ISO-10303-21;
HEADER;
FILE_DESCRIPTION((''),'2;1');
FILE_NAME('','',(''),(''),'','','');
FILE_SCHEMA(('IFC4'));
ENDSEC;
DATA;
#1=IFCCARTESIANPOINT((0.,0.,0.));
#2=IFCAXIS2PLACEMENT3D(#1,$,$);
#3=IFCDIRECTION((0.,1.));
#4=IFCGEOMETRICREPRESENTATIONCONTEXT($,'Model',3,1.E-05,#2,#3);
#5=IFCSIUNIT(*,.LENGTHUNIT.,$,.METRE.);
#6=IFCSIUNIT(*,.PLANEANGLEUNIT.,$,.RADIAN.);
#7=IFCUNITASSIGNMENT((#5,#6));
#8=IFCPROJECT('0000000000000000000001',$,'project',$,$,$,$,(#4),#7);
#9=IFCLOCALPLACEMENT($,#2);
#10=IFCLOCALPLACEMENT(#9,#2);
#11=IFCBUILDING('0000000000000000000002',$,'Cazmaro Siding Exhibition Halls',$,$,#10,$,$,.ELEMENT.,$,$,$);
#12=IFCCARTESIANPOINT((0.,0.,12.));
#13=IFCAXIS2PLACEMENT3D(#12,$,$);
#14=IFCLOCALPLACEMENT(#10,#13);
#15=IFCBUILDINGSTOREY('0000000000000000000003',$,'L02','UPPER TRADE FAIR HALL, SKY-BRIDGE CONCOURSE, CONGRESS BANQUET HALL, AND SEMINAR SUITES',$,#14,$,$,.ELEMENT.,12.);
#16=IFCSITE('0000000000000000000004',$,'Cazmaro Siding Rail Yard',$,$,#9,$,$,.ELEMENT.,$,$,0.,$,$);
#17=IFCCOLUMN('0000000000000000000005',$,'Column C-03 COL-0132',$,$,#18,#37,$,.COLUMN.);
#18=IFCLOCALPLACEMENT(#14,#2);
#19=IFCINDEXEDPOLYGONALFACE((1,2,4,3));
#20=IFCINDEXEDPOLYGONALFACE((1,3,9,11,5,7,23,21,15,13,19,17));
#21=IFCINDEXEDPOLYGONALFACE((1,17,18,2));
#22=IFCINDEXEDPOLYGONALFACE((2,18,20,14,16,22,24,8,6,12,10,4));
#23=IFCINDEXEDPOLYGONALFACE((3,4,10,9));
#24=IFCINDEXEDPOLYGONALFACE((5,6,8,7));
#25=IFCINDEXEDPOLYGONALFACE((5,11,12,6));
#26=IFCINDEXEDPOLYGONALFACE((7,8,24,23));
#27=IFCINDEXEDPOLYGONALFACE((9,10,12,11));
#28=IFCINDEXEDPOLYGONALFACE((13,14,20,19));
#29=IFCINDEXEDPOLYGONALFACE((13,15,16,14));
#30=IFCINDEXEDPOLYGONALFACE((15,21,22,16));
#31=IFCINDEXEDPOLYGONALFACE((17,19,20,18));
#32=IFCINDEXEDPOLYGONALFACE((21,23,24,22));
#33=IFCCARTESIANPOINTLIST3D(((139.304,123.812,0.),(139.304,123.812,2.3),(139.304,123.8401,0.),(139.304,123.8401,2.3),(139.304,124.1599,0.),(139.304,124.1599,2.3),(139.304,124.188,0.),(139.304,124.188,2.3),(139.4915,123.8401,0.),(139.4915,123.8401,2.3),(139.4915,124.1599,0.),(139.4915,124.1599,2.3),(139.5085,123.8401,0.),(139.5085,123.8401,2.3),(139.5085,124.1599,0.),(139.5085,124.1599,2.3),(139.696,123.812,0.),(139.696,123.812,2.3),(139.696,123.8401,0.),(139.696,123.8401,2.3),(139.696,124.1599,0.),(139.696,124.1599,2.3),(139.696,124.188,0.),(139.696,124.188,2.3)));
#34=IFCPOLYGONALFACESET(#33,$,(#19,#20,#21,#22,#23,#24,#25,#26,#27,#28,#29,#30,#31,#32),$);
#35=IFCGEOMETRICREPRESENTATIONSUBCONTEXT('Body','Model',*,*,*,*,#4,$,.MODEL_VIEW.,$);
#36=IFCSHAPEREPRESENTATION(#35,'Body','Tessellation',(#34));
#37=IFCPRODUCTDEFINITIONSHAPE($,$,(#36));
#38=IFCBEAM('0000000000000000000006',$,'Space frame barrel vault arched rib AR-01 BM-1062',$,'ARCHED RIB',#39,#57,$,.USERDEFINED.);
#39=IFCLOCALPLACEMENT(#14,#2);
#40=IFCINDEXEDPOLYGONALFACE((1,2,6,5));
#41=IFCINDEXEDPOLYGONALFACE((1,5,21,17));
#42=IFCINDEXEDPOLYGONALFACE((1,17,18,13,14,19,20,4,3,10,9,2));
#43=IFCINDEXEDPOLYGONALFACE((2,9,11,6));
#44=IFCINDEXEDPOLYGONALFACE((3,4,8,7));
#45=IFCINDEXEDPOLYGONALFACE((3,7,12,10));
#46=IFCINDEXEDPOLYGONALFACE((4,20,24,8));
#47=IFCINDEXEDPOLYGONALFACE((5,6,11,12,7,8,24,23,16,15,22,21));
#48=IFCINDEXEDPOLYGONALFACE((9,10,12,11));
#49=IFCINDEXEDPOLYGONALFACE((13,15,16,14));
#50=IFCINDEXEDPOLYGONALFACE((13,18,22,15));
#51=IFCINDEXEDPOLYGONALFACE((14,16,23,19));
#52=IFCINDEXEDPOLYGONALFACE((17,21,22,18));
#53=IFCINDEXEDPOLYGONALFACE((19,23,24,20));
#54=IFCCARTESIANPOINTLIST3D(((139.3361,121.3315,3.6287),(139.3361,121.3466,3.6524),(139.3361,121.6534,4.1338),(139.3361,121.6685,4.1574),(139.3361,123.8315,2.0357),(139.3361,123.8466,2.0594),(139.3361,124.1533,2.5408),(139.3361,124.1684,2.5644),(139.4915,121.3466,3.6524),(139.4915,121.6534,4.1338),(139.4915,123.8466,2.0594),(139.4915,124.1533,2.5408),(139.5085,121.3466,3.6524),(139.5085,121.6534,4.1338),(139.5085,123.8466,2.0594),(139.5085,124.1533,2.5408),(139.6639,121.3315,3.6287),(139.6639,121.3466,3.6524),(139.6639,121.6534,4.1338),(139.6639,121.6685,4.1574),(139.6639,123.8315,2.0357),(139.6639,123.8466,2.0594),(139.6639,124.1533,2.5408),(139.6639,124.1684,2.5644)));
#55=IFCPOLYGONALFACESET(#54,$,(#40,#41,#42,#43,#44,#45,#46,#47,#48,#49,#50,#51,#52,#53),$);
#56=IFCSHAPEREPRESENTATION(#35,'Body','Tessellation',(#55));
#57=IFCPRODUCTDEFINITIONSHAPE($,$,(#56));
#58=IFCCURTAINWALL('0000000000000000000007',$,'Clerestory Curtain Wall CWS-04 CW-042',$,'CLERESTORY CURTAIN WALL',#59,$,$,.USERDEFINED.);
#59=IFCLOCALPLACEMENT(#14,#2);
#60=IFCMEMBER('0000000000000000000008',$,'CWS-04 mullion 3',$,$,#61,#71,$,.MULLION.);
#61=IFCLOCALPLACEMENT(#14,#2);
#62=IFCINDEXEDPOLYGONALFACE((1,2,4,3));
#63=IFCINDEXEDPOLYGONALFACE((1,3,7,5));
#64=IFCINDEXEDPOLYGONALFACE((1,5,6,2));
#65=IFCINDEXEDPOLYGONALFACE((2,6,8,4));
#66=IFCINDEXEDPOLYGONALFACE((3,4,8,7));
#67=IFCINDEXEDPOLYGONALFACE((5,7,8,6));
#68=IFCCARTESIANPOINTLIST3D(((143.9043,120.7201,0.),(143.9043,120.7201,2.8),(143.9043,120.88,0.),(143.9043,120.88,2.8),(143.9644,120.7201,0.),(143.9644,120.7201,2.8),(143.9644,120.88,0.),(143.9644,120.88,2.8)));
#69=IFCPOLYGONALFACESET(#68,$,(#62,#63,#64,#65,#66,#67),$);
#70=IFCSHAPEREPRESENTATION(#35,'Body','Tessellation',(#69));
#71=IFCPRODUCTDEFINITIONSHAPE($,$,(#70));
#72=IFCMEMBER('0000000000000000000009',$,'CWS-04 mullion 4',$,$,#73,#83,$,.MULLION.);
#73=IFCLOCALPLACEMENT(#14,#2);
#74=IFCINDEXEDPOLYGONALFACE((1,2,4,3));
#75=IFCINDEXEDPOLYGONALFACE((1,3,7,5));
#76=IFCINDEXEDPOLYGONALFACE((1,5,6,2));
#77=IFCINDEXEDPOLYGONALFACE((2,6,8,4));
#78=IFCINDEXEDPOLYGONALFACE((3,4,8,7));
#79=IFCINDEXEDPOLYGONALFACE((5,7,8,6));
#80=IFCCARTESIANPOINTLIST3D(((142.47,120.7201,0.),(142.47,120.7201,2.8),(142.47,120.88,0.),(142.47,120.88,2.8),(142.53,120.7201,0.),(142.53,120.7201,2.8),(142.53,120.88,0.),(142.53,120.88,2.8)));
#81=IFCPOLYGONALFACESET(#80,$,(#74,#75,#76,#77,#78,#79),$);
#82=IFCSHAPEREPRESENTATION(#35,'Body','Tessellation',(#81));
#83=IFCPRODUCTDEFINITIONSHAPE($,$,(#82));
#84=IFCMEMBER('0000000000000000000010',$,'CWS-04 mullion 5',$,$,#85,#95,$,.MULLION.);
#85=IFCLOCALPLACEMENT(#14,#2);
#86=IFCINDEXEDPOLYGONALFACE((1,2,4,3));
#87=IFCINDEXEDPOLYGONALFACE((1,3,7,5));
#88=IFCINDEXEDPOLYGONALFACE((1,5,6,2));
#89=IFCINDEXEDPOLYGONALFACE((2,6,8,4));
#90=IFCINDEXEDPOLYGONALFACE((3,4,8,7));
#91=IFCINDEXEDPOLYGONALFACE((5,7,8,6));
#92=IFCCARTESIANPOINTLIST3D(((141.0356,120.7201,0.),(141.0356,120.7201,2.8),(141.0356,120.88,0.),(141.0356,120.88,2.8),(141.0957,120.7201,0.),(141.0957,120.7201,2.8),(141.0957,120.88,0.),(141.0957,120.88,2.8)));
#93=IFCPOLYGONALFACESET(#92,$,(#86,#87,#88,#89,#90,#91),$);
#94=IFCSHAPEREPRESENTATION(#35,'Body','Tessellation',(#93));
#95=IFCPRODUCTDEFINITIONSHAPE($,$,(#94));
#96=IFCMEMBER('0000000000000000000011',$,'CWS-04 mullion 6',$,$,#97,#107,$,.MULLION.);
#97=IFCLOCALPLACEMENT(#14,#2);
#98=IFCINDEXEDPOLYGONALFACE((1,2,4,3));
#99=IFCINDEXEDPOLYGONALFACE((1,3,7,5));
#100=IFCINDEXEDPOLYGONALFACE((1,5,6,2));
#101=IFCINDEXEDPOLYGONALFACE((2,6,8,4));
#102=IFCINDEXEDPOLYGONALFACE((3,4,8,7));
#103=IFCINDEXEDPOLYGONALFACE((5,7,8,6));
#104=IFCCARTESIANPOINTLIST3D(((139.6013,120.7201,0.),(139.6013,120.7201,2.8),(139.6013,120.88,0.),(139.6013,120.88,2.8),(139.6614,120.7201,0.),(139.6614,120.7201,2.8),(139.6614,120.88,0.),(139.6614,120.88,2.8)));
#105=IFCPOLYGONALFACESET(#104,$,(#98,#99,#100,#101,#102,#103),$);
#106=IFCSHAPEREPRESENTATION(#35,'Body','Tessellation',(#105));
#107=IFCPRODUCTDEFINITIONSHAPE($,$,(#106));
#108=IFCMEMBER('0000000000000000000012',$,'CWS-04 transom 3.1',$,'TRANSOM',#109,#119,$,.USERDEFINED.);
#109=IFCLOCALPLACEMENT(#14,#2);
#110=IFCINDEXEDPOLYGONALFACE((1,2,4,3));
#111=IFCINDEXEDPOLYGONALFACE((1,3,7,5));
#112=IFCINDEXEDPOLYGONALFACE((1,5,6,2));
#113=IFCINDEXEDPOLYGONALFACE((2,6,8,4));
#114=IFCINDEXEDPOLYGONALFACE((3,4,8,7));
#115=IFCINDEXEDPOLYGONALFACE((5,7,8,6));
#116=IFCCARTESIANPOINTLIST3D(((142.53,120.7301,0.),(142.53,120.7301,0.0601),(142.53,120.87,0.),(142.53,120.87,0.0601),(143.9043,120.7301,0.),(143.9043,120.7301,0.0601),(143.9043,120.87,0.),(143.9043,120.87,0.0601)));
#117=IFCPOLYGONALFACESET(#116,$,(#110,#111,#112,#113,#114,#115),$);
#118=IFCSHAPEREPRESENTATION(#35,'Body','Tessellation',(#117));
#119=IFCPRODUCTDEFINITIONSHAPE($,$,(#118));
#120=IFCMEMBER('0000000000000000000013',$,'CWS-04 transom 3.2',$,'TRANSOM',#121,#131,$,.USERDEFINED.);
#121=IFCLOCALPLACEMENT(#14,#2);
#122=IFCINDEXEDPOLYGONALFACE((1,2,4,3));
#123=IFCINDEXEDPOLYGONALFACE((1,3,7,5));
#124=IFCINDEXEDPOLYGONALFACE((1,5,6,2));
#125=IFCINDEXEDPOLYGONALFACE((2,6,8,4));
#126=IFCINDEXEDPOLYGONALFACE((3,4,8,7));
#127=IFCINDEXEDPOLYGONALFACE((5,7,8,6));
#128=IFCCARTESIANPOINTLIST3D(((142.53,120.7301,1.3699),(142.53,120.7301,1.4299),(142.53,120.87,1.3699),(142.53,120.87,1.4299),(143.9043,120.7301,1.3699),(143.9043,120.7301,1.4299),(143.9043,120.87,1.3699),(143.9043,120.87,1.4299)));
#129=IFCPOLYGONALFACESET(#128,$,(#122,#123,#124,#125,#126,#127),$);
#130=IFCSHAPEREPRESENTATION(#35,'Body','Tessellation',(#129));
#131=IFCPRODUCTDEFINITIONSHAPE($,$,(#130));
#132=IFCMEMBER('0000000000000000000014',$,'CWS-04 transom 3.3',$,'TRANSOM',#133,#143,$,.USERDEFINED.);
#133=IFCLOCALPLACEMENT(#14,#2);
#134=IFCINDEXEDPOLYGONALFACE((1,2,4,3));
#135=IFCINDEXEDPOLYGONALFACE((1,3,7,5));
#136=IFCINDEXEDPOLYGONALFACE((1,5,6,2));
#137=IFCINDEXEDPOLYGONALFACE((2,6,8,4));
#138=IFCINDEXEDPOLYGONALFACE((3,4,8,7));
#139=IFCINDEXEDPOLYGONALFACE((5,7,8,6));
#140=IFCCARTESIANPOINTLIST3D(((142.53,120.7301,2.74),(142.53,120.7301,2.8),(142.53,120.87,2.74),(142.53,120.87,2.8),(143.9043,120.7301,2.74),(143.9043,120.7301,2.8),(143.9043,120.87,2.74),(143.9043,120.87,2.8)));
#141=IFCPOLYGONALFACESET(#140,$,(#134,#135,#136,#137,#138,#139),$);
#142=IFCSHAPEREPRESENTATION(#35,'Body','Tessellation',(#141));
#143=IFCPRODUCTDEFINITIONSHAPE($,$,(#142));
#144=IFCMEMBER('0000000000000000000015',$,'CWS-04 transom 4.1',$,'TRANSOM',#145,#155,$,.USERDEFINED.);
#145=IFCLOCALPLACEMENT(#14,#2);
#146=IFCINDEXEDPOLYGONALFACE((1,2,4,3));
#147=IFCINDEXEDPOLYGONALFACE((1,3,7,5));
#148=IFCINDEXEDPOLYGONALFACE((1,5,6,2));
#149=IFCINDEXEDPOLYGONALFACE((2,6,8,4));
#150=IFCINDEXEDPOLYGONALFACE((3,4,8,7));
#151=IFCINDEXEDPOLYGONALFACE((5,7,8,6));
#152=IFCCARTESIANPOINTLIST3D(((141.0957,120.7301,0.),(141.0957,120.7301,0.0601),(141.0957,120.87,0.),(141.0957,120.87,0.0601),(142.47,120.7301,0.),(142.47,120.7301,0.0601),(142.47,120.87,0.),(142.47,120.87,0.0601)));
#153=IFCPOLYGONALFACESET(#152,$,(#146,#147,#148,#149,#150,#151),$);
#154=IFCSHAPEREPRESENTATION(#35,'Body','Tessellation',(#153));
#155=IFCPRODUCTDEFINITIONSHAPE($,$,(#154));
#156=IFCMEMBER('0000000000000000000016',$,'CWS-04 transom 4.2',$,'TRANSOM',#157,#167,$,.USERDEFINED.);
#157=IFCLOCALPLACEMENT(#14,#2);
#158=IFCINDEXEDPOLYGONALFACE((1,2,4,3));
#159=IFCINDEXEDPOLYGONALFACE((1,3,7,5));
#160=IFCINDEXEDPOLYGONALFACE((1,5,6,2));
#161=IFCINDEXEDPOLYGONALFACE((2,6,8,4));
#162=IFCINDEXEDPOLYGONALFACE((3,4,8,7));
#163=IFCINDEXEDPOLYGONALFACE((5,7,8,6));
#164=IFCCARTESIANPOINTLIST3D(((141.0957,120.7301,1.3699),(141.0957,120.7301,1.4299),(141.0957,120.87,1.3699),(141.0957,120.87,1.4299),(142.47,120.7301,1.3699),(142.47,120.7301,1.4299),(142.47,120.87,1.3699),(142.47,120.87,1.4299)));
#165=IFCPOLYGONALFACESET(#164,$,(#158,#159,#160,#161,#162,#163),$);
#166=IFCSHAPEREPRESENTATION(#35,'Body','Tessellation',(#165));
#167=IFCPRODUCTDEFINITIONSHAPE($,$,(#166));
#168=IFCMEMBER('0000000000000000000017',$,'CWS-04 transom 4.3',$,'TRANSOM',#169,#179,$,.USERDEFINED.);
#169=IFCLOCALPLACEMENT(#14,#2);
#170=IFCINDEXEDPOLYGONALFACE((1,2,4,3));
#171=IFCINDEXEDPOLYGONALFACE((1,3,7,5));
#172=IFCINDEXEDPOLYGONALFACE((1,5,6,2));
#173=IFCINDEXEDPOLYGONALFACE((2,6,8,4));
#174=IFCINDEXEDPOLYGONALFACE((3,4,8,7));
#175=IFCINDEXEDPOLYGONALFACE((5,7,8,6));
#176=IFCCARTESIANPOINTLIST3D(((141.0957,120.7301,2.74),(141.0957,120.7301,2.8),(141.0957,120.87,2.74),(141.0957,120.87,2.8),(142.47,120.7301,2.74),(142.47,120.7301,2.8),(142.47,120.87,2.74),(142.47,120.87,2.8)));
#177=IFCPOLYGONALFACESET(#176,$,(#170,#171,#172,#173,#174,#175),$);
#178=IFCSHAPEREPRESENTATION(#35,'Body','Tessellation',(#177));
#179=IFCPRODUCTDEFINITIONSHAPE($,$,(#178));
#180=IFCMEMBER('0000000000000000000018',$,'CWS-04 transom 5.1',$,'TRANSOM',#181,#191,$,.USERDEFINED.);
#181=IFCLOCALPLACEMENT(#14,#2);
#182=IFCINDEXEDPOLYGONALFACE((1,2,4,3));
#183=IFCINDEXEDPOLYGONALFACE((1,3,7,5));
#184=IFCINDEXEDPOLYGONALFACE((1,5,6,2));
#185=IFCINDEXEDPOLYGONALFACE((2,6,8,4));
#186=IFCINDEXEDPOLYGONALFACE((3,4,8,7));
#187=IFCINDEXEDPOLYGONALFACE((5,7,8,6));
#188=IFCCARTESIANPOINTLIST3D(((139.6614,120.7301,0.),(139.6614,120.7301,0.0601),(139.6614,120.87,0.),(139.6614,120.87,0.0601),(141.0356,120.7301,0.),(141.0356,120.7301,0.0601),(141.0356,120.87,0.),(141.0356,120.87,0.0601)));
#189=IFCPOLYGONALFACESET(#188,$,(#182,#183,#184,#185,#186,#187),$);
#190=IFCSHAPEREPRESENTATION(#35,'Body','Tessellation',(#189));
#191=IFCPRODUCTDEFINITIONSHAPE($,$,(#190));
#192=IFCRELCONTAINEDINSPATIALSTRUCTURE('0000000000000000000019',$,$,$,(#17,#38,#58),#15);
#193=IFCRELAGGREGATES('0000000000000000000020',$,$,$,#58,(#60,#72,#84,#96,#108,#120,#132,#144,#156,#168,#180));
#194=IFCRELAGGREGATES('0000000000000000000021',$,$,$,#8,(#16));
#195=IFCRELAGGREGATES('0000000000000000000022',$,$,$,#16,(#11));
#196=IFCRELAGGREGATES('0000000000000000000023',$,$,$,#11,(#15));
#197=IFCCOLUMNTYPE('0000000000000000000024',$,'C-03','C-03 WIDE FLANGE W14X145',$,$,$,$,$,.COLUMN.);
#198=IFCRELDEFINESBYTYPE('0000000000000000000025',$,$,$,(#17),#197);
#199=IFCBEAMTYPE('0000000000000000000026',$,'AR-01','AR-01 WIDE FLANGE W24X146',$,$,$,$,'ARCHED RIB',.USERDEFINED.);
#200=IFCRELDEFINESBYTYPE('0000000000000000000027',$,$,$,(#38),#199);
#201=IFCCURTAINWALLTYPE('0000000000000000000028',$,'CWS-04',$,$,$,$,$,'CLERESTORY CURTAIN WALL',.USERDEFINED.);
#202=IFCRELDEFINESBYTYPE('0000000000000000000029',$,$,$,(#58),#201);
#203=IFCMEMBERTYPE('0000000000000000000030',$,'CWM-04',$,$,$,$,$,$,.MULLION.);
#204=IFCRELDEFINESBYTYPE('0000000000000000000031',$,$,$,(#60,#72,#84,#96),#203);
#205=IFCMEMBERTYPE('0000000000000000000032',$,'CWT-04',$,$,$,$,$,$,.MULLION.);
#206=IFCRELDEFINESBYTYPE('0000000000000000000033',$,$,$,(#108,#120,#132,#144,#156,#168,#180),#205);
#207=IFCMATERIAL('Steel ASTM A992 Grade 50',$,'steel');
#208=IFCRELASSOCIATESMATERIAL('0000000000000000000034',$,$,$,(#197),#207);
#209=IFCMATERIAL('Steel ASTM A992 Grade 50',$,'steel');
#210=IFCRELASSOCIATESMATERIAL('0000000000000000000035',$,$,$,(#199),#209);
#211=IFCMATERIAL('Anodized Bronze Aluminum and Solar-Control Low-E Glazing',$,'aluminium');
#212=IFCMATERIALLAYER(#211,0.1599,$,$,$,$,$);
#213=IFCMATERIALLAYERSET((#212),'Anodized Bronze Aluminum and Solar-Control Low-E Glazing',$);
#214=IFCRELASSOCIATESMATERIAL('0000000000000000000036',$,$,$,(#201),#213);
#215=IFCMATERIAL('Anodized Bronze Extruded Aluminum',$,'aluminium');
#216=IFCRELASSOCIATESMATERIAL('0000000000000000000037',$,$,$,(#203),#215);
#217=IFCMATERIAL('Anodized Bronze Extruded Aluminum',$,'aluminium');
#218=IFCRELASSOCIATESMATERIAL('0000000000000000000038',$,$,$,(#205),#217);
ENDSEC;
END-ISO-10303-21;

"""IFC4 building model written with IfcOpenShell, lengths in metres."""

from ifc_helpers import new_model, si_unit, direction, frame, origin, origin_2d, place, context, subcontext, project, spatial, rectangle, i_section, extrude, material, layer, layer_set, material_profile, profile_set, type_object, element, aggregate, save


model = new_model("IFC4")

# Units and contexts
model_context = context("Model", 3, precision=1e-05, world=origin(), true_north=direction((0.0, 1.0)))
body_context = subcontext(model_context, "Body", "Model", "MODEL_VIEW")
ifc_project = project(units=[si_unit("LENGTHUNIT", "METRE"), si_unit("PLANEANGLEUNIT", "RADIAN")], contexts=[model_context])

# Site, building, storey
site_placement = place(None, origin())
site = spatial("IfcSite", under=ifc_project, at=site_placement, Name="Cazmaro Siding Rail Yard", CompositionType="ELEMENT", RefElevation=0.0)
building_placement = place(site_placement, origin())
building = spatial("IfcBuilding", under=site, at=building_placement, Name="Cazmaro Siding Exhibition Halls", CompositionType="ELEMENT")
storey_placement = place(building_placement, frame((0.0, 0.0, 12.0)))
storey = spatial("IfcBuildingStorey", under=building, at=storey_placement, Name="L02", Description="UPPER TRADE FAIR HALL, SKY-BRIDGE CONCOURSE, CONGRESS BANQUET HALL, AND SEMINAR SUITES", CompositionType="ELEMENT", Elevation=12.0)

# Column
ifc_material_1 = material(Name="Steel ASTM A992 Grade 50", Category="steel")
ifc_material_profile_1 = material_profile(ifc_material_1, i_section(OverallWidth=0.3921, OverallDepth=0.376, WebThickness=0.0171, FlangeThickness=0.0281, at=origin_2d()), Name="W14X145")
ifc_profile_set_1 = profile_set([ifc_material_profile_1], Name="Steel ASTM A992 Grade 50")
column_type = type_object("IfcColumnType", Name="C-03", Description="C-03 WIDE FLANGE W14X145", PredefinedType="COLUMN", material=ifc_profile_set_1)
column_placement = place(storey_placement, frame((139.5, 124.0, 0.0), z_axis=(0.0, 0.0, 1.0), x_axis=(1.0, 0.0, 0.0)))
element("IfcColumn", 1, at=column_placement, inside=storey, type_object=column_type, Name="Column C-03 COL-0132", PredefinedType="COLUMN", context=body_context, shape_type="SweptSolid", body=[
    extrude(i_section(OverallWidth=0.3921, OverallDepth=0.376, WebThickness=0.0171, FlangeThickness=0.0281, at=origin_2d()), origin(), (0.0, 0.0, 1.0), 2.3),
])

# Beam
ifc_material_2 = material(Name="Steel ASTM A992 Grade 50", Category="steel")
ifc_material_profile_2 = material_profile(ifc_material_2, i_section(OverallWidth=0.3279, OverallDepth=0.627, WebThickness=0.0171, FlangeThickness=0.0281, at=origin_2d()), Name="W24X146")
ifc_profile_set_2 = profile_set([ifc_material_profile_2], Name="Steel ASTM A992 Grade 50")
beam_type_1 = type_object("IfcBeamType", Name="AR-01", Description="AR-01 WIDE FLANGE W24X146", ElementType="ARCHED RIB", PredefinedType="USERDEFINED", material=ifc_profile_set_2)
beam_1_placement = place(storey_placement, frame((139.5, 121.5, 3.8931), z_axis=(0.0, 0.843339, -0.537382), x_axis=(-1.0, 0.0, 0.0)))
element("IfcBeam", 2, at=beam_1_placement, inside=storey, type_object=beam_type_1, Name="Space frame barrel vault arched rib AR-01 BM-1062", ObjectType="ARCHED RIB", PredefinedType="USERDEFINED", context=body_context, shape_type="SweptSolid", body=[
    extrude(i_section(OverallWidth=0.3279, OverallDepth=0.627, WebThickness=0.0171, FlangeThickness=0.0281, at=origin_2d()), origin(), (0.0, 0.0, 1.0), 2.9644),
])

# Curtain wall, members
ifc_material_3 = material(Name="Anodized Bronze Aluminum and Solar-Control Low-E Glazing", Category="aluminium")
ifc_layer_1 = layer(ifc_material_3, 0.1599)
ifc_layer_set_1 = layer_set([ifc_layer_1], Name="Anodized Bronze Aluminum and Solar-Control Low-E Glazing")
curtain_wall_type = type_object("IfcCurtainWallType", Name="CWS-04", ElementType="CLERESTORY CURTAIN WALL", PredefinedType="USERDEFINED", material=ifc_layer_set_1)
curtain_wall_placement = place(storey_placement, origin())
curtain_wall = element("IfcCurtainWall", 3, at=curtain_wall_placement, inside=storey, type_object=curtain_wall_type, Name="Clerestory Curtain Wall CWS-04 CW-042", ObjectType="CLERESTORY CURTAIN WALL", PredefinedType="USERDEFINED")
ifc_material_4 = material(Name="Anodized Bronze Extruded Aluminum", Category="aluminium")
ifc_material_profile_3 = material_profile(ifc_material_4, rectangle(XDim=0.1599, YDim=0.0601, at=origin_2d()), Name="CWM-04")
ifc_profile_set_3 = profile_set([ifc_material_profile_3], Name="Anodized Bronze Extruded Aluminum")
member_type_1 = type_object("IfcMemberType", Name="CWM-04", PredefinedType="MULLION", material=ifc_profile_set_3)
member_1_placement = place(storey_placement, frame((143.9343, 120.8, 0.0), z_axis=(0.0, 0.0, 1.0), x_axis=(0.0, -1.0, 0.0)))
member_1 = element("IfcMember", 4, at=member_1_placement, type_object=member_type_1, Name="CWS-04 mullion 3", PredefinedType="MULLION", context=body_context, shape_type="SweptSolid", body=[
    extrude(rectangle(XDim=0.1599, YDim=0.0601, at=origin_2d()), origin(), (0.0, 0.0, 1.0), 2.8),
])
member_2_placement = place(storey_placement, frame((142.5, 120.8, 0.0), z_axis=(0.0, 0.0, 1.0), x_axis=(0.0, -1.0, 0.0)))
member_2 = element("IfcMember", 5, at=member_2_placement, type_object=member_type_1, Name="CWS-04 mullion 4", PredefinedType="MULLION", context=body_context, shape_type="SweptSolid", body=[
    extrude(rectangle(XDim=0.1599, YDim=0.0601, at=origin_2d()), origin(), (0.0, 0.0, 1.0), 2.8),
])
member_3_placement = place(storey_placement, frame((141.0657, 120.8, 0.0), z_axis=(0.0, 0.0, 1.0), x_axis=(0.0, -1.0, 0.0)))
member_3 = element("IfcMember", 6, at=member_3_placement, type_object=member_type_1, Name="CWS-04 mullion 5", PredefinedType="MULLION", context=body_context, shape_type="SweptSolid", body=[
    extrude(rectangle(XDim=0.1599, YDim=0.0601, at=origin_2d()), origin(), (0.0, 0.0, 1.0), 2.8),
])
member_4_placement = place(storey_placement, frame((139.6313, 120.8, 0.0), z_axis=(0.0, 0.0, 1.0), x_axis=(0.0, -1.0, 0.0)))
member_4 = element("IfcMember", 7, at=member_4_placement, type_object=member_type_1, Name="CWS-04 mullion 6", PredefinedType="MULLION", context=body_context, shape_type="SweptSolid", body=[
    extrude(rectangle(XDim=0.1599, YDim=0.0601, at=origin_2d()), origin(), (0.0, 0.0, 1.0), 2.8),
])
ifc_material_5 = material(Name="Anodized Bronze Extruded Aluminum", Category="aluminium")
ifc_material_profile_4 = material_profile(ifc_material_5, rectangle(XDim=0.1399, YDim=0.0601, at=origin_2d()), Name="CWT-04")
ifc_profile_set_4 = profile_set([ifc_material_profile_4], Name="Anodized Bronze Extruded Aluminum")
member_type_2 = type_object("IfcMemberType", Name="CWT-04", PredefinedType="MULLION", material=ifc_profile_set_4)
member_5_placement = place(storey_placement, frame((143.9043, 120.8, 0.03), z_axis=(-1.0, 0.0, 0.0), x_axis=(0.0, -1.0, 0.0)))
member_5 = element("IfcMember", 8, at=member_5_placement, type_object=member_type_2, Name="CWS-04 transom 3.1", ObjectType="TRANSOM", PredefinedType="USERDEFINED", context=body_context, shape_type="SweptSolid", body=[
    extrude(rectangle(XDim=0.1399, YDim=0.0601, at=origin_2d()), origin(), (0.0, 0.0, 1.0), 1.3743),
])
member_6_placement = place(storey_placement, frame((143.9043, 120.8, 1.3999), z_axis=(-1.0, 0.0, 0.0), x_axis=(0.0, -1.0, 0.0)))
member_6 = element("IfcMember", 9, at=member_6_placement, type_object=member_type_2, Name="CWS-04 transom 3.2", ObjectType="TRANSOM", PredefinedType="USERDEFINED", context=body_context, shape_type="SweptSolid", body=[
    extrude(rectangle(XDim=0.1399, YDim=0.0601, at=origin_2d()), origin(), (0.0, 0.0, 1.0), 1.3743),
])
member_7_placement = place(storey_placement, frame((143.9043, 120.8, 2.77), z_axis=(-1.0, 0.0, 0.0), x_axis=(0.0, -1.0, 0.0)))
member_7 = element("IfcMember", 10, at=member_7_placement, type_object=member_type_2, Name="CWS-04 transom 3.3", ObjectType="TRANSOM", PredefinedType="USERDEFINED", context=body_context, shape_type="SweptSolid", body=[
    extrude(rectangle(XDim=0.1399, YDim=0.0601, at=origin_2d()), origin(), (0.0, 0.0, 1.0), 1.3743),
])
member_8_placement = place(storey_placement, frame((142.47, 120.8, 0.03), z_axis=(-1.0, 0.0, 0.0), x_axis=(0.0, -1.0, 0.0)))
member_8 = element("IfcMember", 11, at=member_8_placement, type_object=member_type_2, Name="CWS-04 transom 4.1", ObjectType="TRANSOM", PredefinedType="USERDEFINED", context=body_context, shape_type="SweptSolid", body=[
    extrude(rectangle(XDim=0.1399, YDim=0.0601, at=origin_2d()), origin(), (0.0, 0.0, 1.0), 1.3743),
])
member_9_placement = place(storey_placement, frame((142.47, 120.8, 1.3999), z_axis=(-1.0, 0.0, 0.0), x_axis=(0.0, -1.0, 0.0)))
member_9 = element("IfcMember", 12, at=member_9_placement, type_object=member_type_2, Name="CWS-04 transom 4.2", ObjectType="TRANSOM", PredefinedType="USERDEFINED", context=body_context, shape_type="SweptSolid", body=[
    extrude(rectangle(XDim=0.1399, YDim=0.0601, at=origin_2d()), origin(), (0.0, 0.0, 1.0), 1.3743),
])
member_10_placement = place(storey_placement, frame((142.47, 120.8, 2.77), z_axis=(-1.0, 0.0, 0.0), x_axis=(0.0, -1.0, 0.0)))
member_10 = element("IfcMember", 13, at=member_10_placement, type_object=member_type_2, Name="CWS-04 transom 4.3", ObjectType="TRANSOM", PredefinedType="USERDEFINED", context=body_context, shape_type="SweptSolid", body=[
    extrude(rectangle(XDim=0.1399, YDim=0.0601, at=origin_2d()), origin(), (0.0, 0.0, 1.0), 1.3743),
])
member_11_placement = place(storey_placement, frame((141.0356, 120.8, 0.03), z_axis=(-1.0, 0.0, 0.0), x_axis=(0.0, -1.0, 0.0)))
member_11 = element("IfcMember", 14, at=member_11_placement, type_object=member_type_2, Name="CWS-04 transom 5.1", ObjectType="TRANSOM", PredefinedType="USERDEFINED", context=body_context, shape_type="SweptSolid", body=[
    extrude(rectangle(XDim=0.1399, YDim=0.0601, at=origin_2d()), origin(), (0.0, 0.0, 1.0), 1.3743),
])

aggregate(curtain_wall, [member_1, member_2, member_3, member_4, member_5, member_6, member_7, member_8, member_9, member_10, member_11])

save(model, "model.ifc")
